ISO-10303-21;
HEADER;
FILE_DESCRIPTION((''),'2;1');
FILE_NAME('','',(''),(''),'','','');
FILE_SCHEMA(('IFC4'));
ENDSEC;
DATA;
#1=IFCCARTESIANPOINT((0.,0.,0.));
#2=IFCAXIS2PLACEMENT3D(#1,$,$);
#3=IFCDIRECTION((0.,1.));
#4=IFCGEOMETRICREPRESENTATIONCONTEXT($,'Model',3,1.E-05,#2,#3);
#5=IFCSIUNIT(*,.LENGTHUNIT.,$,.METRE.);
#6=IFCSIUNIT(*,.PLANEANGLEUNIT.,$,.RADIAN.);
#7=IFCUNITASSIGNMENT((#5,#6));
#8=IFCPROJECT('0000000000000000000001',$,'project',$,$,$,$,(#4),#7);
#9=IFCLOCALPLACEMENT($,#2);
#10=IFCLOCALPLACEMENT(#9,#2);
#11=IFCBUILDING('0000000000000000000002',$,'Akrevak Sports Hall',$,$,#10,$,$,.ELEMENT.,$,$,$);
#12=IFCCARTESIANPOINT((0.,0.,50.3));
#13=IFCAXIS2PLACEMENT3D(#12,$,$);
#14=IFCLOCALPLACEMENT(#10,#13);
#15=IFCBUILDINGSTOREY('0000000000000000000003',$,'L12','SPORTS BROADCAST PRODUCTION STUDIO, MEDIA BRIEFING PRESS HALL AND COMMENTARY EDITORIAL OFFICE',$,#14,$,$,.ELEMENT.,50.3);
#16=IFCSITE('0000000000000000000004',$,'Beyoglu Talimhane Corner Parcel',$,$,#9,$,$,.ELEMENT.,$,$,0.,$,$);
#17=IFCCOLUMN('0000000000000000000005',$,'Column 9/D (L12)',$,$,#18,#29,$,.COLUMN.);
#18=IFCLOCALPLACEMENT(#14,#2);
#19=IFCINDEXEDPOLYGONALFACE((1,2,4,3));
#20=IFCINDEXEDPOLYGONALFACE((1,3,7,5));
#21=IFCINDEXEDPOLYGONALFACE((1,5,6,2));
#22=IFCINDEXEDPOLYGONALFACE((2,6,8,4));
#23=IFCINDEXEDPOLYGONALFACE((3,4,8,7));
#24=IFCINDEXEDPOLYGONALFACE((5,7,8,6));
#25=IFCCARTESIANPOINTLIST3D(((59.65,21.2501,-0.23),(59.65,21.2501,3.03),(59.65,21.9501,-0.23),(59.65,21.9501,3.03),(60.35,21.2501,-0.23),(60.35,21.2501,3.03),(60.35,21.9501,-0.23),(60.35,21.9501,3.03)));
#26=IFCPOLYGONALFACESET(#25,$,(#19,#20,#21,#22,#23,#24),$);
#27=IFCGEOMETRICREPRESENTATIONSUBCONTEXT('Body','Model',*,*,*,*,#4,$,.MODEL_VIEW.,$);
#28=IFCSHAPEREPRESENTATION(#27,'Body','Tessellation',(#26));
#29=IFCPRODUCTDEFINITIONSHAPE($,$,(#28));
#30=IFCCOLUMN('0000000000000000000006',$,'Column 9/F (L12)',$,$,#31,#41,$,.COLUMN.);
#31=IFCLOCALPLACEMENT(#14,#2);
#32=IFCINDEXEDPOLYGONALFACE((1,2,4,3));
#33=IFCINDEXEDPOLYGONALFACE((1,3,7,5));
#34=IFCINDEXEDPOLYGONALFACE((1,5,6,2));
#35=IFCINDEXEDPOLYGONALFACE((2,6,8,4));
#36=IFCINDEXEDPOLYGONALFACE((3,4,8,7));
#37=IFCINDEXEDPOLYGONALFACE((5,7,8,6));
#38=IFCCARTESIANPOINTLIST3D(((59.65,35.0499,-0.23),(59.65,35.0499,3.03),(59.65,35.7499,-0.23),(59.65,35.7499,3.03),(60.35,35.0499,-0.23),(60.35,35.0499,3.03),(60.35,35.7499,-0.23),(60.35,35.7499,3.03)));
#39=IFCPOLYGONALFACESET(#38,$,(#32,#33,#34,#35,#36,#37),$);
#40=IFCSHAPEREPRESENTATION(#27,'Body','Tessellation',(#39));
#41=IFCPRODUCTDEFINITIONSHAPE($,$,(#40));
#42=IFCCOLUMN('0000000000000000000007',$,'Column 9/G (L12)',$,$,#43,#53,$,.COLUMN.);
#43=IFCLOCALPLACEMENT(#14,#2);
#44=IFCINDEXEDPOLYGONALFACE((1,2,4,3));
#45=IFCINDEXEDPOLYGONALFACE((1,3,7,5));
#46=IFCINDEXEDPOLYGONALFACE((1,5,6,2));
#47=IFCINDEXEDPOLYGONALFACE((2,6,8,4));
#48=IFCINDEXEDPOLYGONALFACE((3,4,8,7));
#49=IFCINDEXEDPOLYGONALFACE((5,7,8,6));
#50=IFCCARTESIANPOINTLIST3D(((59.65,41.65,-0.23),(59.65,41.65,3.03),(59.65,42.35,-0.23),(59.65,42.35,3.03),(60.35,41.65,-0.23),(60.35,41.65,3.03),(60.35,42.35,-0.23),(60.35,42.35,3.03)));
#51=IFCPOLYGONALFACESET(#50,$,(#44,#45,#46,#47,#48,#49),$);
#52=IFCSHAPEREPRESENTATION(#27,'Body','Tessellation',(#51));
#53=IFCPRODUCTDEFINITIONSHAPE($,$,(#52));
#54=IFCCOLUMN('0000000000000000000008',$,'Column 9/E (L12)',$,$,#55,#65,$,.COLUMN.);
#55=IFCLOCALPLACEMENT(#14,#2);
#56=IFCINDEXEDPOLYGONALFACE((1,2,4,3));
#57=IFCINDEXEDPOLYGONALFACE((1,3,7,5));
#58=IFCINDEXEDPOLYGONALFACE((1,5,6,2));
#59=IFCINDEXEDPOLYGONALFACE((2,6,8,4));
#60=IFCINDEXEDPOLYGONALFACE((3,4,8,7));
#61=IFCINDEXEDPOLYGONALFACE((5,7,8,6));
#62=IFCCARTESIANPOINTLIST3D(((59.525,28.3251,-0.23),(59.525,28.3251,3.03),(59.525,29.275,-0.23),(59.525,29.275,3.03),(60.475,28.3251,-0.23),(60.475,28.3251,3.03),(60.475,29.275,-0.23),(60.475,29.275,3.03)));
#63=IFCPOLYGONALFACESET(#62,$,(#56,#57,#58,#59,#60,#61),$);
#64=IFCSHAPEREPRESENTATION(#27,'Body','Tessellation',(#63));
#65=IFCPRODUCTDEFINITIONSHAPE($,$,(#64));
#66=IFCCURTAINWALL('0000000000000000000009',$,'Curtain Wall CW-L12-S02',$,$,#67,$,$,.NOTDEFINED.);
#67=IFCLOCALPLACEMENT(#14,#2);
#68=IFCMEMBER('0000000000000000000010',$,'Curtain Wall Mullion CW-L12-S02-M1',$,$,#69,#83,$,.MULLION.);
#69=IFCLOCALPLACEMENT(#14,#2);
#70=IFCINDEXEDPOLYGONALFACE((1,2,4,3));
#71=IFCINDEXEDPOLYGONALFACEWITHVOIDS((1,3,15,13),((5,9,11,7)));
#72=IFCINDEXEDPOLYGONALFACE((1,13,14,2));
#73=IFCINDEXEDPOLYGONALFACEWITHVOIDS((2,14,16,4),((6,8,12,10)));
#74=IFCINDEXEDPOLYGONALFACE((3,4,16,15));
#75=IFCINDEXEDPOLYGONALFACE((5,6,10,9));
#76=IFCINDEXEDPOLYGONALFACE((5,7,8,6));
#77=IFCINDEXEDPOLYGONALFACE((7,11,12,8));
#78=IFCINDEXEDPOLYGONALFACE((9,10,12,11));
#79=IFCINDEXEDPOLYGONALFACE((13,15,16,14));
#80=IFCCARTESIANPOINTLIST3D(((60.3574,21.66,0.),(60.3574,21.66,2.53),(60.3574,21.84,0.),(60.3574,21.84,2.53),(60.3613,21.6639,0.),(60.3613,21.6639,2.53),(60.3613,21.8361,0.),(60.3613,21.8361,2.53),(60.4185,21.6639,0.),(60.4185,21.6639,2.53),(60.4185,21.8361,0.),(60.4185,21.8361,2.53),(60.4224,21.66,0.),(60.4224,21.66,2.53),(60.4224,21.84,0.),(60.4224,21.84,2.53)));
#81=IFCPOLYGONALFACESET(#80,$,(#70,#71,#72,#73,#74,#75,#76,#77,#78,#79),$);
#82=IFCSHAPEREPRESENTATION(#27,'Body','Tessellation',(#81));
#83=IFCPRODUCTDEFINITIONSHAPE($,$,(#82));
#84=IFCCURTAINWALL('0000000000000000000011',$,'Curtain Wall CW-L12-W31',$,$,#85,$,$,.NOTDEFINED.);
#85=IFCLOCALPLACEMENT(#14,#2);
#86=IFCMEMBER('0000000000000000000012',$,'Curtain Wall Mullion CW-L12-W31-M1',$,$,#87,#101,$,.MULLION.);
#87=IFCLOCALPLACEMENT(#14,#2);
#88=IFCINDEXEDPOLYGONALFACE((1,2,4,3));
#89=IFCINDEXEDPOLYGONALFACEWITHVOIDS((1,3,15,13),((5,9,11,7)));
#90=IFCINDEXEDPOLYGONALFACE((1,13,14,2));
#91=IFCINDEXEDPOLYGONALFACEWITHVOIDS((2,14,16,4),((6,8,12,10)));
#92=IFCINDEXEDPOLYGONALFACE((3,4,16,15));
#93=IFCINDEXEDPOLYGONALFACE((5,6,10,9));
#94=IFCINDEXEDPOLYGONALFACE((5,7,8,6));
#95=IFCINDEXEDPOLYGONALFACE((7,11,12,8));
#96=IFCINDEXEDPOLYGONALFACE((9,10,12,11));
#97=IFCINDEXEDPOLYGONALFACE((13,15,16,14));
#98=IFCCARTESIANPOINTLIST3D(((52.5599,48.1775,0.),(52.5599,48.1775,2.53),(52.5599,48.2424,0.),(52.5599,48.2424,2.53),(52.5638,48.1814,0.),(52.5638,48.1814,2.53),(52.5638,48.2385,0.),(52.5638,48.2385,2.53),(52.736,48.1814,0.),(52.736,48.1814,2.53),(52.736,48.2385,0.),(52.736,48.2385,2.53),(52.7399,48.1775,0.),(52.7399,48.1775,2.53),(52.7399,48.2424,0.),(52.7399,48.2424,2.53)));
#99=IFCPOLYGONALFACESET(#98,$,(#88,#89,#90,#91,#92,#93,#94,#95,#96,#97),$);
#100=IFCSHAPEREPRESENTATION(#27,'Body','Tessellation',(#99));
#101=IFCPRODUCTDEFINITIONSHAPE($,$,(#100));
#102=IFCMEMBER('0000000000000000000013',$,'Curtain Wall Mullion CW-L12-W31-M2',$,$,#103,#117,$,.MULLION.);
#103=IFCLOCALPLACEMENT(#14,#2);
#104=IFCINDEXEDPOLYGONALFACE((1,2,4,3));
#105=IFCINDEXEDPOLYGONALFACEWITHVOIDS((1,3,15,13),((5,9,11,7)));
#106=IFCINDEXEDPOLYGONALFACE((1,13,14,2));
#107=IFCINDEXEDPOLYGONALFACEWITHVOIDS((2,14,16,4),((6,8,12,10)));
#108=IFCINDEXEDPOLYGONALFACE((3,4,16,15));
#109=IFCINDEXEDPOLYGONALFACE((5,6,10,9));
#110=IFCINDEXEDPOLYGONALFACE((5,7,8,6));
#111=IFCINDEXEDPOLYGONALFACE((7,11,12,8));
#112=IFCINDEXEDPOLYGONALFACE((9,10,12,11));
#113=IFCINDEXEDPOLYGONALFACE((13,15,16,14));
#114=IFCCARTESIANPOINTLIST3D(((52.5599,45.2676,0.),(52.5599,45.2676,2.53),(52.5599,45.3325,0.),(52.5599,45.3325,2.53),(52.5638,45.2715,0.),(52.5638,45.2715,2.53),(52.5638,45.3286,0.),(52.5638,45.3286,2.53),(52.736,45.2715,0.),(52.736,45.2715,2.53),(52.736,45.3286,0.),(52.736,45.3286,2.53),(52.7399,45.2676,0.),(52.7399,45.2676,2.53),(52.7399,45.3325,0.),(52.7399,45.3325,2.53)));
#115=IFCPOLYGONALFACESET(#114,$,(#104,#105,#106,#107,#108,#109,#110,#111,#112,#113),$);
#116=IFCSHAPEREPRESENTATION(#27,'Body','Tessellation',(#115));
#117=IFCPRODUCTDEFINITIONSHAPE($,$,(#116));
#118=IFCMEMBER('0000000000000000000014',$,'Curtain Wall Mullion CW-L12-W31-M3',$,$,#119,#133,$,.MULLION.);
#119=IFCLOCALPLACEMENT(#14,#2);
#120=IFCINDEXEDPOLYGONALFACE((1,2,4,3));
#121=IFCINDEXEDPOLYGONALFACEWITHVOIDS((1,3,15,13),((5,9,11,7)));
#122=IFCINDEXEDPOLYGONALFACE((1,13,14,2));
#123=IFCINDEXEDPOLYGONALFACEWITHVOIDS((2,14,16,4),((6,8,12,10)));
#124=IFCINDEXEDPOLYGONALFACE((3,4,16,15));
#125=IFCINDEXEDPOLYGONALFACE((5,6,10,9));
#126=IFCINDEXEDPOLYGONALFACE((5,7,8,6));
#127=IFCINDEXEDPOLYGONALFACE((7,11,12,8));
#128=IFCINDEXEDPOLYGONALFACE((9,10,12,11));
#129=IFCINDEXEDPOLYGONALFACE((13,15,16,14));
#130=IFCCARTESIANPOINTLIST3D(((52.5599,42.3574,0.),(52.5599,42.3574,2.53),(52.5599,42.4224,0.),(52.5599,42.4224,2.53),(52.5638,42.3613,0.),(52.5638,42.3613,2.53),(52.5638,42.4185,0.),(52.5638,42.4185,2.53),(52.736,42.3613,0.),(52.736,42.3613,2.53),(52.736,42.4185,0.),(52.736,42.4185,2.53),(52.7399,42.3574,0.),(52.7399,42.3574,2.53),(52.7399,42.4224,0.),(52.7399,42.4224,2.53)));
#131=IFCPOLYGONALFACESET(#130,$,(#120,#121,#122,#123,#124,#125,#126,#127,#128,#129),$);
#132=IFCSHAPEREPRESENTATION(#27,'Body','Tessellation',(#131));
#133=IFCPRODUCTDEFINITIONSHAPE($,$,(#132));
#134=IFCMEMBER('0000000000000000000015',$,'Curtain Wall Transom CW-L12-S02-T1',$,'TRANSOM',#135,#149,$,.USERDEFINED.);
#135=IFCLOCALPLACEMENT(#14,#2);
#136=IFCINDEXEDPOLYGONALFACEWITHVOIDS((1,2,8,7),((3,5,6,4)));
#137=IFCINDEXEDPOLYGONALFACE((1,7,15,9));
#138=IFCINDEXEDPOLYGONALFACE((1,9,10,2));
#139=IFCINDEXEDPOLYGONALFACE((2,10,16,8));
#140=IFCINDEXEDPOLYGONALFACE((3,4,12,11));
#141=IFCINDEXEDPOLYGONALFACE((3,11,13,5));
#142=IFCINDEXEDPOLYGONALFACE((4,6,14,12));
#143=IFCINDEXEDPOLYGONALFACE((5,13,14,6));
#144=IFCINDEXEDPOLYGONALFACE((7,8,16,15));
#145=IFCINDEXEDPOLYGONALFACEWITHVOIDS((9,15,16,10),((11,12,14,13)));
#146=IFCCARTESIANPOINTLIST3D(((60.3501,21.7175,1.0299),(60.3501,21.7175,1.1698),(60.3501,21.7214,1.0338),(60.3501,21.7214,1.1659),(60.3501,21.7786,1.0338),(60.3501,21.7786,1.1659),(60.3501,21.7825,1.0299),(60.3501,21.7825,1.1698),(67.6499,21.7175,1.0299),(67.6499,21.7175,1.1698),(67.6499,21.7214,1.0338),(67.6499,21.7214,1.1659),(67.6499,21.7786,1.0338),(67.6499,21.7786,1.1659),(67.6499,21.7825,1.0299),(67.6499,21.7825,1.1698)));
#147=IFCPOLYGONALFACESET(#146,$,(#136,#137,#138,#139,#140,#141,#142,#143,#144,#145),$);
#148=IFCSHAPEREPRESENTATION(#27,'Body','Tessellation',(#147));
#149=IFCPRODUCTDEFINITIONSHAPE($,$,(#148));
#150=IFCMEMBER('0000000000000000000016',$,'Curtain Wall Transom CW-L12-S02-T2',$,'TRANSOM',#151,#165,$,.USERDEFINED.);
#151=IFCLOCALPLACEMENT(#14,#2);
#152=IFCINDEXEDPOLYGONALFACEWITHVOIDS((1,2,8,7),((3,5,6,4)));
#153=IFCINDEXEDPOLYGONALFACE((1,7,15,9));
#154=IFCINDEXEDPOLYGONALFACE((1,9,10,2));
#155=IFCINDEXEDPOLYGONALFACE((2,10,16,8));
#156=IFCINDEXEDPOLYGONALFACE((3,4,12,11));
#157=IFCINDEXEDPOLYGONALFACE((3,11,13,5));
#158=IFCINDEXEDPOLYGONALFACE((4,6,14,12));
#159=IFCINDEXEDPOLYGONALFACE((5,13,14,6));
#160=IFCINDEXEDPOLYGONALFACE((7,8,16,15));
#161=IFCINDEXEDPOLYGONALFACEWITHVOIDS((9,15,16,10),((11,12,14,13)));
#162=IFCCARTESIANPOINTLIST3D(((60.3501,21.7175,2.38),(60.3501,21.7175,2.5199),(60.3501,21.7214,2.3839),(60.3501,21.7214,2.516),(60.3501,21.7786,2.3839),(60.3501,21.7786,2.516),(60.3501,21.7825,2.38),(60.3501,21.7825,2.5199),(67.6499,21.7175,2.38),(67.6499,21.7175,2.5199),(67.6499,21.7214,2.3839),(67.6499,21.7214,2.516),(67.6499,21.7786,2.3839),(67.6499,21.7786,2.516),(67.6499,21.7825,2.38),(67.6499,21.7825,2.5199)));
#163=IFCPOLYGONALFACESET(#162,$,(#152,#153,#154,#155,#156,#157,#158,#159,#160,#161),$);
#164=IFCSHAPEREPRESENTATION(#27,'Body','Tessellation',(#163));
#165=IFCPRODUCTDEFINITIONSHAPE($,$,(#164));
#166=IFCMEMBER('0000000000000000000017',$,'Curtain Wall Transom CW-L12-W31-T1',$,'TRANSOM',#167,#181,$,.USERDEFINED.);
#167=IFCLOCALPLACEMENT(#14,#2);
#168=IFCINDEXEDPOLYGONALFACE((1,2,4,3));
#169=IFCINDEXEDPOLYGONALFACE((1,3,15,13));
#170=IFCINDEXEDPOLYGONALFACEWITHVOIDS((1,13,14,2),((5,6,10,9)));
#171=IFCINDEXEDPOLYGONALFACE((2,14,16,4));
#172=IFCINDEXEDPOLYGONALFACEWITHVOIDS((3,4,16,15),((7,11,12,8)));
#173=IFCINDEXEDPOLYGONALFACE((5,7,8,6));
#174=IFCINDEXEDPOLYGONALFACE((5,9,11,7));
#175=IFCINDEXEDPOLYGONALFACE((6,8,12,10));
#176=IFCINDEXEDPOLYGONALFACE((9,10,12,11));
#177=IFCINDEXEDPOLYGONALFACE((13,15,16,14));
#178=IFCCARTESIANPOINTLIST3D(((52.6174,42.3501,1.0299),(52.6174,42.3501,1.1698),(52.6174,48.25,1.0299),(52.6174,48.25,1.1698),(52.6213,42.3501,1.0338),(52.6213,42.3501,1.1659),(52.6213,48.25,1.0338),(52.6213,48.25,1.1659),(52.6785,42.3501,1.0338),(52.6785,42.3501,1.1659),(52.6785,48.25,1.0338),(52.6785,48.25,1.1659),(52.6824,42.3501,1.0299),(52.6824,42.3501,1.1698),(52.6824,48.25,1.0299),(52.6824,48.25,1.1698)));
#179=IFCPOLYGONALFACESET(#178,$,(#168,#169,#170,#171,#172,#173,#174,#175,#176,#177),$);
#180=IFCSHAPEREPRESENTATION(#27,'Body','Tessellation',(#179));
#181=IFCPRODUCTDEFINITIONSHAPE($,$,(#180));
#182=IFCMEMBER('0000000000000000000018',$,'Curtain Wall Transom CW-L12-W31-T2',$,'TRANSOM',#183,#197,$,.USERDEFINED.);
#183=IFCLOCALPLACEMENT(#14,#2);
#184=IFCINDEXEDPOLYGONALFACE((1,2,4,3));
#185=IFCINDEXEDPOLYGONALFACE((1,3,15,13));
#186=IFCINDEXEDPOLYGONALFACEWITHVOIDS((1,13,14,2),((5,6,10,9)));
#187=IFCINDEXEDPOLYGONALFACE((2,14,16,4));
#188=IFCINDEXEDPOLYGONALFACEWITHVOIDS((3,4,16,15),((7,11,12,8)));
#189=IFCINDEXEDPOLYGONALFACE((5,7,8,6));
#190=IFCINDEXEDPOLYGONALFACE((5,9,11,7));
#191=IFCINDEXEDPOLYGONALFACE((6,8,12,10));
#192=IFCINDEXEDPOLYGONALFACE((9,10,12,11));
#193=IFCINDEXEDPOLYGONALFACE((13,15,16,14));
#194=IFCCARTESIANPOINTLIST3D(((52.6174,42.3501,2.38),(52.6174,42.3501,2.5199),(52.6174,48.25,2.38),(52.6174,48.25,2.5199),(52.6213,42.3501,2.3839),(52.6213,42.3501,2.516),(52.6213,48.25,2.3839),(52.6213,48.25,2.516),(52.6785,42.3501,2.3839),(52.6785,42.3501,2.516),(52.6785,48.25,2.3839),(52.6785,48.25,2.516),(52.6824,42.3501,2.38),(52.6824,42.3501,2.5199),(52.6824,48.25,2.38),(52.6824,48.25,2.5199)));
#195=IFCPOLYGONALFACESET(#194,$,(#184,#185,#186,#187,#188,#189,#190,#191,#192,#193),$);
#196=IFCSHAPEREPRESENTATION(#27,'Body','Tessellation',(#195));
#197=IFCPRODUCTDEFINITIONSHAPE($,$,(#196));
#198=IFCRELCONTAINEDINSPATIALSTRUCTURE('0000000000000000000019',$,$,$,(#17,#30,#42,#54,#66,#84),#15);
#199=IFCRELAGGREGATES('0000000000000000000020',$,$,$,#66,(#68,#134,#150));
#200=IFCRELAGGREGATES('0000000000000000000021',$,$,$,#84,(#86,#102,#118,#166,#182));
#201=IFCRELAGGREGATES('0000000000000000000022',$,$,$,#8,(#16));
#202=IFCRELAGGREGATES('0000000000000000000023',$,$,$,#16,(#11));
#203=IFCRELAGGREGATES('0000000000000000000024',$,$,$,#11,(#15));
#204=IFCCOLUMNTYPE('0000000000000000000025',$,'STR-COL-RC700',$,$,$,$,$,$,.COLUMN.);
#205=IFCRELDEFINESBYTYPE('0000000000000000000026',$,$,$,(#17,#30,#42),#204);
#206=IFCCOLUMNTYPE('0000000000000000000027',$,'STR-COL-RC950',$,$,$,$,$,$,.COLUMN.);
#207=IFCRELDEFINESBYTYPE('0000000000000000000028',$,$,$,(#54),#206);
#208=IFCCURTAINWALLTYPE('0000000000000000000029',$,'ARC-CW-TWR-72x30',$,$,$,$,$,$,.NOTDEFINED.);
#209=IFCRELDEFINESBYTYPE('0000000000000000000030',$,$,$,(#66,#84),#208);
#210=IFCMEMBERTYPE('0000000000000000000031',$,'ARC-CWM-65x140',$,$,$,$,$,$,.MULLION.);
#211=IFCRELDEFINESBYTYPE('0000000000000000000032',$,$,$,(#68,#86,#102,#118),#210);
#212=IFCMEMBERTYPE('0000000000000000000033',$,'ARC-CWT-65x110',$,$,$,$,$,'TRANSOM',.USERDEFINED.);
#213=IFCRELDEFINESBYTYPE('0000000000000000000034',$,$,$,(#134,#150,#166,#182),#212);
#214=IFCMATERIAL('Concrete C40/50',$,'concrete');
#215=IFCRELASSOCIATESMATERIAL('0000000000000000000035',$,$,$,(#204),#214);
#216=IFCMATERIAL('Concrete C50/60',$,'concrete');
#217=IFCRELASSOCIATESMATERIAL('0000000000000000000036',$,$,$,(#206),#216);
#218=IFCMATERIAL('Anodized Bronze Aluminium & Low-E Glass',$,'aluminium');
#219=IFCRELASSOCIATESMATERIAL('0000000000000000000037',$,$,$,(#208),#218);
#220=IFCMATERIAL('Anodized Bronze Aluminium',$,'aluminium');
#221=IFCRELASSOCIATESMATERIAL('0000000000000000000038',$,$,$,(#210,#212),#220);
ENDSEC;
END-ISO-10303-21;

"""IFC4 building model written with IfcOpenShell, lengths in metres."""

from ifc_helpers import new_model, si_unit, direction, frame, origin, origin_2d, place, context, subcontext, project, spatial, rectangle, hollow_rectangle, extrude, material, material_profile, profile_set, type_object, element, aggregate, save


model = new_model("IFC4")

# Units and contexts
model_context = context("Model", 3, precision=1e-05, world=origin(), true_north=direction((0.0, 1.0)))
body_context = subcontext(model_context, "Body", "Model", "MODEL_VIEW")
ifc_project = project(units=[si_unit("LENGTHUNIT", "METRE"), si_unit("PLANEANGLEUNIT", "RADIAN")], contexts=[model_context])

# Site, building, storey
site_placement = place(None, origin())
site = spatial("IfcSite", under=ifc_project, at=site_placement, Name="Beyoglu Talimhane Corner Parcel", CompositionType="ELEMENT", RefElevation=0.0)
building_placement = place(site_placement, origin())
building = spatial("IfcBuilding", under=site, at=building_placement, Name="Akrevak Sports Hall", CompositionType="ELEMENT")
storey_placement = place(building_placement, frame((0.0, 0.0, 50.3)))
storey = spatial("IfcBuildingStorey", under=building, at=storey_placement, Name="L12", Description="SPORTS BROADCAST PRODUCTION STUDIO, MEDIA BRIEFING PRESS HALL AND COMMENTARY EDITORIAL OFFICE", CompositionType="ELEMENT", Elevation=50.3)

# Columns
ifc_material_1 = material(Name="Concrete C40/50", Category="concrete")
ifc_material_profile_1 = material_profile(ifc_material_1, rectangle(XDim=0.7, YDim=0.7, at=origin_2d()), Name="RC 700x700", Category="concrete")
ifc_profile_set_1 = profile_set([ifc_material_profile_1], Name="Concrete C40/50")
column_type_1 = type_object("IfcColumnType", Name="STR-COL-RC700", PredefinedType="COLUMN", material=ifc_profile_set_1)
for number, where, z_axis, x_axis, name in (
    (1, (60.0, 21.6001, -0.23), (0.0, 0.0, 1.0), (1.0, 0.0, 0.0), "Column 9/D (L12)"),
    (2, (60.0, 35.3999, -0.23), (0.0, 0.0, 1.0), (1.0, 0.0, 0.0), "Column 9/F (L12)"),
    (3, (60.0, 42.0, -0.23), (0.0, 0.0, 1.0), (1.0, 0.0, 0.0), "Column 9/G (L12)"),
):
    element("IfcColumn", number, at=place(storey_placement, frame(where, z_axis=z_axis, x_axis=x_axis)), inside=storey, type_object=column_type_1, Name=name, PredefinedType="COLUMN", context=body_context, shape_type="SweptSolid", body=[
        extrude(rectangle(XDim=0.7, YDim=0.7, at=origin_2d()), origin(), (0.0, 0.0, 1.0), 3.26),
    ])
ifc_material_2 = material(Name="Concrete C50/60", Category="concrete")
ifc_material_profile_2 = material_profile(ifc_material_2, rectangle(XDim=0.95, YDim=0.95, at=origin_2d()), Name="RC 950x950", Category="concrete")
ifc_profile_set_2 = profile_set([ifc_material_profile_2], Name="Concrete C50/60")
column_type_2 = type_object("IfcColumnType", Name="STR-COL-RC950", PredefinedType="COLUMN", material=ifc_profile_set_2)
column_placement = place(storey_placement, frame((60.0, 28.8, -0.23), z_axis=(0.0, 0.0, 1.0), x_axis=(1.0, 0.0, 0.0)))
element("IfcColumn", 4, at=column_placement, inside=storey, type_object=column_type_2, Name="Column 9/E (L12)", PredefinedType="COLUMN", context=body_context, shape_type="SweptSolid", body=[
    extrude(rectangle(XDim=0.95, YDim=0.95, at=origin_2d()), origin(), (0.0, 0.0, 1.0), 3.26),
])

# Curtain wall, member
ifc_material_3 = material(Name="Anodized Bronze Aluminium & Low-E Glass", Category="aluminium")
curtain_wall_type = type_object("IfcCurtainWallType", Name="ARC-CW-TWR-72x30", PredefinedType="NOTDEFINED", material=ifc_material_3)
curtain_wall_1_placement = place(storey_placement, origin())
curtain_wall_1 = element("IfcCurtainWall", 5, at=curtain_wall_1_placement, inside=storey, type_object=curtain_wall_type, Name="Curtain Wall CW-L12-S02", PredefinedType="NOTDEFINED")
ifc_material_4 = material(Name="Anodized Bronze Aluminium", Category="aluminium")
ifc_material_profile_3 = material_profile(ifc_material_4, hollow_rectangle(XDim=0.0649, YDim=0.1799, WallThickness=0.0039, at=origin_2d()), Name="CWM 65x180", Category="aluminium")
ifc_profile_set_3 = profile_set([ifc_material_profile_3], Name="Anodized Bronze Aluminium")
member_type_1 = type_object("IfcMemberType", Name="ARC-CWM-65x140", PredefinedType="MULLION", material=ifc_profile_set_3)
member_1_placement = place(storey_placement, frame((60.3899, 21.75, 0.0), z_axis=(0.0, 0.0, 1.0), x_axis=(1.0, 0.0, 0.0)))
member_1 = element("IfcMember", 6, at=member_1_placement, type_object=member_type_1, Name="Curtain Wall Mullion CW-L12-S02-M1", PredefinedType="MULLION", context=body_context, shape_type="SweptSolid", body=[
    extrude(hollow_rectangle(XDim=0.0649, YDim=0.1799, WallThickness=0.0039, at=origin_2d()), origin(), (0.0, 0.0, 1.0), 2.53),
])

# Curtain wall, members
curtain_wall_2_placement = place(storey_placement, origin())
curtain_wall_2 = element("IfcCurtainWall", 7, at=curtain_wall_2_placement, inside=storey, type_object=curtain_wall_type, Name="Curtain Wall CW-L12-W31", PredefinedType="NOTDEFINED")
member_2_placement = place(storey_placement, frame((52.6499, 48.21, 0.0), z_axis=(0.0, 0.0, 1.0), x_axis=(0.0, -1.0, 0.0)))
member_2 = element("IfcMember", 8, at=member_2_placement, type_object=member_type_1, Name="Curtain Wall Mullion CW-L12-W31-M1", PredefinedType="MULLION", context=body_context, shape_type="SweptSolid", body=[
    extrude(hollow_rectangle(XDim=0.0649, YDim=0.1799, WallThickness=0.0039, at=origin_2d()), origin(), (0.0, 0.0, 1.0), 2.53),
])
member_3_placement = place(storey_placement, frame((52.6499, 45.3, 0.0), z_axis=(0.0, 0.0, 1.0), x_axis=(0.0, -1.0, 0.0)))
member_3 = element("IfcMember", 9, at=member_3_placement, type_object=member_type_1, Name="Curtain Wall Mullion CW-L12-W31-M2", PredefinedType="MULLION", context=body_context, shape_type="SweptSolid", body=[
    extrude(hollow_rectangle(XDim=0.0649, YDim=0.1799, WallThickness=0.0039, at=origin_2d()), origin(), (0.0, 0.0, 1.0), 2.53),
])
member_4_placement = place(storey_placement, frame((52.6499, 42.3899, 0.0), z_axis=(0.0, 0.0, 1.0), x_axis=(0.0, -1.0, 0.0)))
member_4 = element("IfcMember", 10, at=member_4_placement, type_object=member_type_1, Name="Curtain Wall Mullion CW-L12-W31-M3", PredefinedType="MULLION", context=body_context, shape_type="SweptSolid", body=[
    extrude(hollow_rectangle(XDim=0.0649, YDim=0.1799, WallThickness=0.0039, at=origin_2d()), origin(), (0.0, 0.0, 1.0), 2.53),
])

# Members
ifc_material_profile_4 = material_profile(ifc_material_4, hollow_rectangle(XDim=0.0649, YDim=0.1399, WallThickness=0.0039, at=origin_2d()), Name="CWT 65x140", Category="aluminium")
ifc_profile_set_4 = profile_set([ifc_material_profile_4], Name="Anodized Bronze Aluminium")
member_type_2 = type_object("IfcMemberType", Name="ARC-CWT-65x110", ElementType="TRANSOM", PredefinedType="USERDEFINED", material=ifc_profile_set_4)
member_5_placement = place(storey_placement, frame((60.3501, 21.75, 1.0999), z_axis=(1.0, 0.0, 0.0), x_axis=(0.0, 1.0, 0.0)))
member_5 = element("IfcMember", 11, at=member_5_placement, type_object=member_type_2, Name="Curtain Wall Transom CW-L12-S02-T1", ObjectType="TRANSOM", PredefinedType="USERDEFINED", context=body_context, shape_type="SweptSolid", body=[
    extrude(hollow_rectangle(XDim=0.0649, YDim=0.1399, WallThickness=0.0039, at=origin_2d()), origin(), (0.0, 0.0, 1.0), 7.2998),
])
member_6_placement = place(storey_placement, frame((60.3501, 21.75, 2.45), z_axis=(1.0, 0.0, 0.0), x_axis=(0.0, 1.0, 0.0)))
member_6 = element("IfcMember", 12, at=member_6_placement, type_object=member_type_2, Name="Curtain Wall Transom CW-L12-S02-T2", ObjectType="TRANSOM", PredefinedType="USERDEFINED", context=body_context, shape_type="SweptSolid", body=[
    extrude(hollow_rectangle(XDim=0.0649, YDim=0.1399, WallThickness=0.0039, at=origin_2d()), origin(), (0.0, 0.0, 1.0), 7.2998),
])
member_7_placement = place(storey_placement, frame((52.6499, 48.25, 1.0999), z_axis=(0.0, -1.0, 0.0), x_axis=(1.0, 0.0, 0.0)))
member_7 = element("IfcMember", 13, at=member_7_placement, type_object=member_type_2, Name="Curtain Wall Transom CW-L12-W31-T1", ObjectType="TRANSOM", PredefinedType="USERDEFINED", context=body_context, shape_type="SweptSolid", body=[
    extrude(hollow_rectangle(XDim=0.0649, YDim=0.1399, WallThickness=0.0039, at=origin_2d()), origin(), (0.0, 0.0, 1.0), 5.8999),
])
member_8_placement = place(storey_placement, frame((52.6499, 48.25, 2.45), z_axis=(0.0, -1.0, 0.0), x_axis=(1.0, 0.0, 0.0)))
member_8 = element("IfcMember", 14, at=member_8_placement, type_object=member_type_2, Name="Curtain Wall Transom CW-L12-W31-T2", ObjectType="TRANSOM", PredefinedType="USERDEFINED", context=body_context, shape_type="SweptSolid", body=[
    extrude(hollow_rectangle(XDim=0.0649, YDim=0.1399, WallThickness=0.0039, at=origin_2d()), origin(), (0.0, 0.0, 1.0), 5.8999),
])

aggregate(curtain_wall_1, [member_1, member_5, member_6])
aggregate(curtain_wall_2, [member_2, member_3, member_4, member_7, member_8])

save(model, "model.ifc")
